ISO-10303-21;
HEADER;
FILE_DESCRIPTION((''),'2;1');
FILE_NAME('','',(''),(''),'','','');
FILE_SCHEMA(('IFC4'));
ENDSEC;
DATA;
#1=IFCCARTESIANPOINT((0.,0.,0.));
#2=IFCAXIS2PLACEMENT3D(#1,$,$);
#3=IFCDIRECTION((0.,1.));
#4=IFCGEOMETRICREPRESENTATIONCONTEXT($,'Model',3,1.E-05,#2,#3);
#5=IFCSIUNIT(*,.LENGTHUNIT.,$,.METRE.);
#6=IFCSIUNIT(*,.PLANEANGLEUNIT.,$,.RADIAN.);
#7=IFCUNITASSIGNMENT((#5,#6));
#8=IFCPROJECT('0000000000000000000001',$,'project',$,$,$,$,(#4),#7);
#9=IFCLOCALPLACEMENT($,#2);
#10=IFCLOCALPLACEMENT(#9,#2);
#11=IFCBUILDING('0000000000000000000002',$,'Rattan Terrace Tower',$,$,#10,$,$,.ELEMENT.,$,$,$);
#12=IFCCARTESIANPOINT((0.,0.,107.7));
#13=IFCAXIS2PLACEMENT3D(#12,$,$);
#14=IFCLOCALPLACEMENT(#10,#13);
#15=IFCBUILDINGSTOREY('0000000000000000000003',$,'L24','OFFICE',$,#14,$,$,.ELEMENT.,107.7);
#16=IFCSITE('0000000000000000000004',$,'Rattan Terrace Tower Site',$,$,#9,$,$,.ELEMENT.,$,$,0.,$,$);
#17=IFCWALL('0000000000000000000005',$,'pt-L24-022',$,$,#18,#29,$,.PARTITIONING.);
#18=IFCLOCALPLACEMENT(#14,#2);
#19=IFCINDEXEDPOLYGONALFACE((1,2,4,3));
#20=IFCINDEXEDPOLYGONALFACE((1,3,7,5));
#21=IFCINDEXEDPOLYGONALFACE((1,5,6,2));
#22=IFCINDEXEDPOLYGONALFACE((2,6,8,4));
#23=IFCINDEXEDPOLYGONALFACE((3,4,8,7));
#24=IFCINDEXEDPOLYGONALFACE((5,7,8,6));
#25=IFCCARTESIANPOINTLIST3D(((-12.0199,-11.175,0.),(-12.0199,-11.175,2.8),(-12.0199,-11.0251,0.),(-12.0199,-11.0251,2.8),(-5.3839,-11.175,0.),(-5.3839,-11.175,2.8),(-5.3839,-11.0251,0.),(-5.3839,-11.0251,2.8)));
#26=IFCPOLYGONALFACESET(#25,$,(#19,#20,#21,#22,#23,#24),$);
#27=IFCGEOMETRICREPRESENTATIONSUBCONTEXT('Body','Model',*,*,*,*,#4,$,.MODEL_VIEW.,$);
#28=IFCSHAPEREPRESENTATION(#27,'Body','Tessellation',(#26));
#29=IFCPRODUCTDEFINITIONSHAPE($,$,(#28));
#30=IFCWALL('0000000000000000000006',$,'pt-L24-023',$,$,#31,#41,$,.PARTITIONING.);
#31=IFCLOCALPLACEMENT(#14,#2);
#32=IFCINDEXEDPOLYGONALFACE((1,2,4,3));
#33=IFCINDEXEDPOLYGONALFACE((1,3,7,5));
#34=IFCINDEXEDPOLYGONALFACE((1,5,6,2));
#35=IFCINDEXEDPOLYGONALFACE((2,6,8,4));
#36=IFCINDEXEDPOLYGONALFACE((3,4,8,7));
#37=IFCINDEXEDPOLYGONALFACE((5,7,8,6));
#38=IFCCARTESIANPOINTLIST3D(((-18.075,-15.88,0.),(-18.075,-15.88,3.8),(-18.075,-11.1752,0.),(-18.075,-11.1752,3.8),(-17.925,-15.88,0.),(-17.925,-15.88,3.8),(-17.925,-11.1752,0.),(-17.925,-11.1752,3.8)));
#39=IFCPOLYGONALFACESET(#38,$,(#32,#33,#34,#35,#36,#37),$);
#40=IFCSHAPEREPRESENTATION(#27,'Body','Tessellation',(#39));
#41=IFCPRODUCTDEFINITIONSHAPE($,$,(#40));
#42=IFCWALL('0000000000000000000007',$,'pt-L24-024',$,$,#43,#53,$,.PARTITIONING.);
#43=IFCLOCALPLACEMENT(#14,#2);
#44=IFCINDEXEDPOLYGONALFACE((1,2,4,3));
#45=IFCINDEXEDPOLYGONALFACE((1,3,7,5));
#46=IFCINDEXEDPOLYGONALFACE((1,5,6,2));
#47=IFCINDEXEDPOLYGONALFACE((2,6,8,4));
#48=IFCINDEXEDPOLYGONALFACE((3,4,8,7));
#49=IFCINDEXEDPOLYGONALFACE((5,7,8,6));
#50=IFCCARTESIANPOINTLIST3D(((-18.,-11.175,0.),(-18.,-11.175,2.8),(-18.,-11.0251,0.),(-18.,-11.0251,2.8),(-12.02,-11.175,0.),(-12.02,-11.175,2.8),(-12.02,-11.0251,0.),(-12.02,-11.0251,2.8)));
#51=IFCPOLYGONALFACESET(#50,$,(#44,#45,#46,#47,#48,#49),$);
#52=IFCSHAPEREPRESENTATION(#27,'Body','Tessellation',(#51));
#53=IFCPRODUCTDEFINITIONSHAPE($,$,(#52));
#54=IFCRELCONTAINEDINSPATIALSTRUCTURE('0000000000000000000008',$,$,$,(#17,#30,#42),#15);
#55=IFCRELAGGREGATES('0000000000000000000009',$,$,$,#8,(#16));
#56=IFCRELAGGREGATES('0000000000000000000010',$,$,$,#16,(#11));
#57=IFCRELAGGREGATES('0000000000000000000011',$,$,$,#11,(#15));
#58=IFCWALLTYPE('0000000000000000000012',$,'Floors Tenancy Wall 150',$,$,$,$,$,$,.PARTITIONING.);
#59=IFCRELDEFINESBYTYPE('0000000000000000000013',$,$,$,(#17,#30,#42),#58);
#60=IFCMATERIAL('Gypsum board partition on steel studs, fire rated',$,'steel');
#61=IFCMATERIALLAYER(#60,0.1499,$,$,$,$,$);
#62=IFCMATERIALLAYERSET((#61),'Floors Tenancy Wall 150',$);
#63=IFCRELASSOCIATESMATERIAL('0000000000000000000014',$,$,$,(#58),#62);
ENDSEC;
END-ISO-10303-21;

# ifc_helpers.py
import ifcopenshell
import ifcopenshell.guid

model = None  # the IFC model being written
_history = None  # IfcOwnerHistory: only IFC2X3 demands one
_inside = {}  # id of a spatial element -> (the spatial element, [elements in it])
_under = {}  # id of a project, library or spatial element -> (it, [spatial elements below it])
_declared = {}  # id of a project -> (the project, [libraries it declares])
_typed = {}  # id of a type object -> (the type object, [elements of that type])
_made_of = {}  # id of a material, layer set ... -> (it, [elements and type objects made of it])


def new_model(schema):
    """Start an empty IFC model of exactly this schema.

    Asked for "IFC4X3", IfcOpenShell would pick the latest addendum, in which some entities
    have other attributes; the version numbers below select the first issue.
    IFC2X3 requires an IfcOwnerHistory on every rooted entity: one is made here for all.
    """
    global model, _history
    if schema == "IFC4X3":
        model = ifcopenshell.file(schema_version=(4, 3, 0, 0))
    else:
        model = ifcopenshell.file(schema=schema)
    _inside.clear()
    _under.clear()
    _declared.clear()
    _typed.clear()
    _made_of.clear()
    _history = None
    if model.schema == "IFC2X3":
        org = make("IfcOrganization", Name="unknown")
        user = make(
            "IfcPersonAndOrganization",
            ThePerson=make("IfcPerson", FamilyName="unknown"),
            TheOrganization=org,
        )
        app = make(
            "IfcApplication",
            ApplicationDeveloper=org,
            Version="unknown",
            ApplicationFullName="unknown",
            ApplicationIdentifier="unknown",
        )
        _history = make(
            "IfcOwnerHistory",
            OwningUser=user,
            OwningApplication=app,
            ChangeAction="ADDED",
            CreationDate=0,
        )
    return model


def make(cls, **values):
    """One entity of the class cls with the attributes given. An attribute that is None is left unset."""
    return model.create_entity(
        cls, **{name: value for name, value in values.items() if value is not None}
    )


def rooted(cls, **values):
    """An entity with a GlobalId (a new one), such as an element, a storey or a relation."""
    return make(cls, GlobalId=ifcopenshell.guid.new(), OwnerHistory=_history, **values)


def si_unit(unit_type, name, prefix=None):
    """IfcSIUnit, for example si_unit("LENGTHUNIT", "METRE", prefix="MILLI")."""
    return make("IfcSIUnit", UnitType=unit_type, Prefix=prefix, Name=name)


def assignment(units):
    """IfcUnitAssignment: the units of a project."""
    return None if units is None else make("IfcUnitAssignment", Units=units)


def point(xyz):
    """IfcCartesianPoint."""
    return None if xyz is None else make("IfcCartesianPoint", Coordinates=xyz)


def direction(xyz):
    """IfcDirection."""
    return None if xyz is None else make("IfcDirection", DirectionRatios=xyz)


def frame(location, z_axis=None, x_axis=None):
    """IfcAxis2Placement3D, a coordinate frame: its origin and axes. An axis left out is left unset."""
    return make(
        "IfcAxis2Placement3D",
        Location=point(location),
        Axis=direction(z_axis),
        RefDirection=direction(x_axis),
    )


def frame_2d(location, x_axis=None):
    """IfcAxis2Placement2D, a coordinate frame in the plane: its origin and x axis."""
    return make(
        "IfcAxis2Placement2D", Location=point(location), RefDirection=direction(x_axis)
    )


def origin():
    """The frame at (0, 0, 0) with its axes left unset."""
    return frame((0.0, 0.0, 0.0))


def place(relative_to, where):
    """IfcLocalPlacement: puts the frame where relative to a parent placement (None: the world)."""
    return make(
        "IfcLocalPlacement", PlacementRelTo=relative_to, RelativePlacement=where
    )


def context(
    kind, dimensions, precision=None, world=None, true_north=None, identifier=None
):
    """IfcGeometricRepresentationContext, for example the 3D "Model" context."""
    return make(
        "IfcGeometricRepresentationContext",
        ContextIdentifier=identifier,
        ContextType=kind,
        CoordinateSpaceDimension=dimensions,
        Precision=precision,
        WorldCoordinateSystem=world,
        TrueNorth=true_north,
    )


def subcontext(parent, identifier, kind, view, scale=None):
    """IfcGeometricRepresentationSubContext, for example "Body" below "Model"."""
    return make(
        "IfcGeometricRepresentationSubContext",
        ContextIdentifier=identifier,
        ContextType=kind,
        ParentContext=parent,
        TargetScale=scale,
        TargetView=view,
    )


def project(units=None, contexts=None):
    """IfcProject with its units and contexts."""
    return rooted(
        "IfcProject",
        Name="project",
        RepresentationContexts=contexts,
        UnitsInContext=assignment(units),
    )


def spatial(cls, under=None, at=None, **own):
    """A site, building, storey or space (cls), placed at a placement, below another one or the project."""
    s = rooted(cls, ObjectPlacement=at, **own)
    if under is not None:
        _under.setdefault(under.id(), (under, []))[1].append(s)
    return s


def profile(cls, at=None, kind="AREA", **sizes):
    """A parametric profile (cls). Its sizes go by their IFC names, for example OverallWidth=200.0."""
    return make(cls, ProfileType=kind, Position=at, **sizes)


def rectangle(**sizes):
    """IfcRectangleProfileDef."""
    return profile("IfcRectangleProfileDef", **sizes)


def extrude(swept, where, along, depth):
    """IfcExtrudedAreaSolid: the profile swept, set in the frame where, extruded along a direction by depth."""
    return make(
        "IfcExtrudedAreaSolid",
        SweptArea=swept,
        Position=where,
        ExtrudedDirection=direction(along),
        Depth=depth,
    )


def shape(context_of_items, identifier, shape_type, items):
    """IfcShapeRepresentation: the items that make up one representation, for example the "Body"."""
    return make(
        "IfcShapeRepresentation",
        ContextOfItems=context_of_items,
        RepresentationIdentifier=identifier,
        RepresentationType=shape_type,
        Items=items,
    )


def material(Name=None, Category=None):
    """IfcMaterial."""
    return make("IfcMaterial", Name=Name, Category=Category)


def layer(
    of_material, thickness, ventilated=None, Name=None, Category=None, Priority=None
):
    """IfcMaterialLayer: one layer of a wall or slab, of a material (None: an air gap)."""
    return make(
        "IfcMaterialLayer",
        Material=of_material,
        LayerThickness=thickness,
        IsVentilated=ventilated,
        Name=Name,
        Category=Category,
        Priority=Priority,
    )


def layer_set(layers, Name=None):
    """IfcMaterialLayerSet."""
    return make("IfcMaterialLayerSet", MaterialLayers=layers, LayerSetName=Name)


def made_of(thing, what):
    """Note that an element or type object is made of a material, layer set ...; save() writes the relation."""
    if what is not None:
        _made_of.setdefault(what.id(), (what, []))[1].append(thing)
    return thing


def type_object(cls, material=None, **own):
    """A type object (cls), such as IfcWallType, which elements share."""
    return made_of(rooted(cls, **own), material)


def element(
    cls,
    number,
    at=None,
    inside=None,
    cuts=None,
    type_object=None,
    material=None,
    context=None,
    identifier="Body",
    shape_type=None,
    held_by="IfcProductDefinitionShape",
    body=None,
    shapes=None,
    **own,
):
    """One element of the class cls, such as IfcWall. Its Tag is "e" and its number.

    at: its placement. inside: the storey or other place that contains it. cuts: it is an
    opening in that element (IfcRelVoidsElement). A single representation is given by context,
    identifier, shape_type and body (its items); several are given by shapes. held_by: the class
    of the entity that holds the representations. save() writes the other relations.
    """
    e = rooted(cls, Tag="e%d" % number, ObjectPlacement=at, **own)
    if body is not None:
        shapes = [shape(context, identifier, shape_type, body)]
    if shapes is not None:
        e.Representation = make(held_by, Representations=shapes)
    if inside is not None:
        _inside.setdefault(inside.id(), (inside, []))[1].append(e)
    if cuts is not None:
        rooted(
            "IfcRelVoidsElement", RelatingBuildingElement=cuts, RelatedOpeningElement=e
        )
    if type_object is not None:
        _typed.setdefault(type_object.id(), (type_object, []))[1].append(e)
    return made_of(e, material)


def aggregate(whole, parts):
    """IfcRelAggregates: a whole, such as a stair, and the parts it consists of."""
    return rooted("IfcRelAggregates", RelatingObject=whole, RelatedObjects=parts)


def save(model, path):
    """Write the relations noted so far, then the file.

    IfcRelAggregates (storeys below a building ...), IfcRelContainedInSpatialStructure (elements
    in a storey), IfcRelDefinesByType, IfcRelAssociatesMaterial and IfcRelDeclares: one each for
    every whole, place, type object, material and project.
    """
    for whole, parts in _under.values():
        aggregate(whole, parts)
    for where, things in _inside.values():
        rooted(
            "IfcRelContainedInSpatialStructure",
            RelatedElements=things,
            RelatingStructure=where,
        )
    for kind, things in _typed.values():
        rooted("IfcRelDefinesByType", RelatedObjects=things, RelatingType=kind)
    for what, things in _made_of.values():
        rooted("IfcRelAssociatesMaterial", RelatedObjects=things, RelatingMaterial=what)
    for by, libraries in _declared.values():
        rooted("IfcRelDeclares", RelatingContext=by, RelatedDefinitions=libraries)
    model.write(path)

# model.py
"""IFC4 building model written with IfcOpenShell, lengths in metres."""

from ifc_helpers import new_model, si_unit, direction, frame, frame_2d, origin, place, context, subcontext, project, spatial, rectangle, extrude, material, layer, layer_set, type_object, element, save


model = new_model("IFC4")

# Units and contexts
model_context = context("Model", 3, precision=1e-05, world=origin(), true_north=direction((0.0, 1.0)))
body_context = subcontext(model_context, "Body", "Model", "MODEL_VIEW")
ifc_project = project(units=[si_unit("LENGTHUNIT", "METRE"), si_unit("PLANEANGLEUNIT", "RADIAN")], contexts=[model_context])

# Site, building, storey
site_placement = place(None, origin())
site = spatial("IfcSite", under=ifc_project, at=site_placement, Name="Rattan Terrace Tower Site", CompositionType="ELEMENT", RefElevation=0.0)
building_placement = place(site_placement, origin())
building = spatial("IfcBuilding", under=site, at=building_placement, Name="Rattan Terrace Tower", CompositionType="ELEMENT")
storey_placement = place(building_placement, frame((0.0, 0.0, 107.7)))
storey = spatial("IfcBuildingStorey", under=building, at=storey_placement, Name="L24", Description="OFFICE", CompositionType="ELEMENT", Elevation=107.7)

# Shared definitions
ifc_material_1 = material(Name="Gypsum board partition on steel studs, fire rated", Category="steel")
ifc_layer_1 = layer(ifc_material_1, 0.1499)
ifc_layer_set_1 = layer_set([ifc_layer_1], Name="Floors Tenancy Wall 150")
wall_type_1 = type_object("IfcWallType", Name="Floors Tenancy Wall 150", PredefinedType="PARTITIONING", material=ifc_layer_set_1)

# Walls
wall_1_placement = place(storey_placement, frame((-5.384, -11.1001, 0.0), z_axis=(0.0, 0.0, 1.0), x_axis=(-1.0, 0.0, 0.0)))
element("IfcWall", 1, at=wall_1_placement, inside=storey, type_object=wall_type_1, Name="pt-L24-022", PredefinedType="PARTITIONING", context=body_context, shape_type="SweptSolid", body=[
    extrude(rectangle(XDim=6.636, YDim=0.1499, at=frame_2d((3.3179, 0.0))), origin(), (0.0, 0.0, 1.0), 2.8),
])
wall_2_placement = place(storey_placement, frame((-18.0, -11.175, 0.0), z_axis=(0.0, 0.0, 1.0), x_axis=(0.0, -1.0, 0.0)))
element("IfcWall", 2, at=wall_2_placement, inside=storey, type_object=wall_type_1, Name="pt-L24-023", PredefinedType="PARTITIONING", context=body_context, shape_type="SweptSolid", body=[
    extrude(rectangle(XDim=4.7048, YDim=0.1499, at=frame_2d((2.3525, 0.0))), origin(), (0.0, 0.0, 1.0), 3.8),
])
wall_3_placement = place(storey_placement, frame((-12.02, -11.1001, 0.0), z_axis=(0.0, 0.0, 1.0), x_axis=(-1.0, 0.0, 0.0)))
element("IfcWall", 3, at=wall_3_placement, inside=storey, type_object=wall_type_1, Name="pt-L24-024", PredefinedType="PARTITIONING", context=body_context, shape_type="SweptSolid", body=[
    extrude(rectangle(XDim=5.98, YDim=0.1499, at=frame_2d((2.99, 0.0))), origin(), (0.0, 0.0, 1.0), 2.8),
])

save(model, "model.ifc")
